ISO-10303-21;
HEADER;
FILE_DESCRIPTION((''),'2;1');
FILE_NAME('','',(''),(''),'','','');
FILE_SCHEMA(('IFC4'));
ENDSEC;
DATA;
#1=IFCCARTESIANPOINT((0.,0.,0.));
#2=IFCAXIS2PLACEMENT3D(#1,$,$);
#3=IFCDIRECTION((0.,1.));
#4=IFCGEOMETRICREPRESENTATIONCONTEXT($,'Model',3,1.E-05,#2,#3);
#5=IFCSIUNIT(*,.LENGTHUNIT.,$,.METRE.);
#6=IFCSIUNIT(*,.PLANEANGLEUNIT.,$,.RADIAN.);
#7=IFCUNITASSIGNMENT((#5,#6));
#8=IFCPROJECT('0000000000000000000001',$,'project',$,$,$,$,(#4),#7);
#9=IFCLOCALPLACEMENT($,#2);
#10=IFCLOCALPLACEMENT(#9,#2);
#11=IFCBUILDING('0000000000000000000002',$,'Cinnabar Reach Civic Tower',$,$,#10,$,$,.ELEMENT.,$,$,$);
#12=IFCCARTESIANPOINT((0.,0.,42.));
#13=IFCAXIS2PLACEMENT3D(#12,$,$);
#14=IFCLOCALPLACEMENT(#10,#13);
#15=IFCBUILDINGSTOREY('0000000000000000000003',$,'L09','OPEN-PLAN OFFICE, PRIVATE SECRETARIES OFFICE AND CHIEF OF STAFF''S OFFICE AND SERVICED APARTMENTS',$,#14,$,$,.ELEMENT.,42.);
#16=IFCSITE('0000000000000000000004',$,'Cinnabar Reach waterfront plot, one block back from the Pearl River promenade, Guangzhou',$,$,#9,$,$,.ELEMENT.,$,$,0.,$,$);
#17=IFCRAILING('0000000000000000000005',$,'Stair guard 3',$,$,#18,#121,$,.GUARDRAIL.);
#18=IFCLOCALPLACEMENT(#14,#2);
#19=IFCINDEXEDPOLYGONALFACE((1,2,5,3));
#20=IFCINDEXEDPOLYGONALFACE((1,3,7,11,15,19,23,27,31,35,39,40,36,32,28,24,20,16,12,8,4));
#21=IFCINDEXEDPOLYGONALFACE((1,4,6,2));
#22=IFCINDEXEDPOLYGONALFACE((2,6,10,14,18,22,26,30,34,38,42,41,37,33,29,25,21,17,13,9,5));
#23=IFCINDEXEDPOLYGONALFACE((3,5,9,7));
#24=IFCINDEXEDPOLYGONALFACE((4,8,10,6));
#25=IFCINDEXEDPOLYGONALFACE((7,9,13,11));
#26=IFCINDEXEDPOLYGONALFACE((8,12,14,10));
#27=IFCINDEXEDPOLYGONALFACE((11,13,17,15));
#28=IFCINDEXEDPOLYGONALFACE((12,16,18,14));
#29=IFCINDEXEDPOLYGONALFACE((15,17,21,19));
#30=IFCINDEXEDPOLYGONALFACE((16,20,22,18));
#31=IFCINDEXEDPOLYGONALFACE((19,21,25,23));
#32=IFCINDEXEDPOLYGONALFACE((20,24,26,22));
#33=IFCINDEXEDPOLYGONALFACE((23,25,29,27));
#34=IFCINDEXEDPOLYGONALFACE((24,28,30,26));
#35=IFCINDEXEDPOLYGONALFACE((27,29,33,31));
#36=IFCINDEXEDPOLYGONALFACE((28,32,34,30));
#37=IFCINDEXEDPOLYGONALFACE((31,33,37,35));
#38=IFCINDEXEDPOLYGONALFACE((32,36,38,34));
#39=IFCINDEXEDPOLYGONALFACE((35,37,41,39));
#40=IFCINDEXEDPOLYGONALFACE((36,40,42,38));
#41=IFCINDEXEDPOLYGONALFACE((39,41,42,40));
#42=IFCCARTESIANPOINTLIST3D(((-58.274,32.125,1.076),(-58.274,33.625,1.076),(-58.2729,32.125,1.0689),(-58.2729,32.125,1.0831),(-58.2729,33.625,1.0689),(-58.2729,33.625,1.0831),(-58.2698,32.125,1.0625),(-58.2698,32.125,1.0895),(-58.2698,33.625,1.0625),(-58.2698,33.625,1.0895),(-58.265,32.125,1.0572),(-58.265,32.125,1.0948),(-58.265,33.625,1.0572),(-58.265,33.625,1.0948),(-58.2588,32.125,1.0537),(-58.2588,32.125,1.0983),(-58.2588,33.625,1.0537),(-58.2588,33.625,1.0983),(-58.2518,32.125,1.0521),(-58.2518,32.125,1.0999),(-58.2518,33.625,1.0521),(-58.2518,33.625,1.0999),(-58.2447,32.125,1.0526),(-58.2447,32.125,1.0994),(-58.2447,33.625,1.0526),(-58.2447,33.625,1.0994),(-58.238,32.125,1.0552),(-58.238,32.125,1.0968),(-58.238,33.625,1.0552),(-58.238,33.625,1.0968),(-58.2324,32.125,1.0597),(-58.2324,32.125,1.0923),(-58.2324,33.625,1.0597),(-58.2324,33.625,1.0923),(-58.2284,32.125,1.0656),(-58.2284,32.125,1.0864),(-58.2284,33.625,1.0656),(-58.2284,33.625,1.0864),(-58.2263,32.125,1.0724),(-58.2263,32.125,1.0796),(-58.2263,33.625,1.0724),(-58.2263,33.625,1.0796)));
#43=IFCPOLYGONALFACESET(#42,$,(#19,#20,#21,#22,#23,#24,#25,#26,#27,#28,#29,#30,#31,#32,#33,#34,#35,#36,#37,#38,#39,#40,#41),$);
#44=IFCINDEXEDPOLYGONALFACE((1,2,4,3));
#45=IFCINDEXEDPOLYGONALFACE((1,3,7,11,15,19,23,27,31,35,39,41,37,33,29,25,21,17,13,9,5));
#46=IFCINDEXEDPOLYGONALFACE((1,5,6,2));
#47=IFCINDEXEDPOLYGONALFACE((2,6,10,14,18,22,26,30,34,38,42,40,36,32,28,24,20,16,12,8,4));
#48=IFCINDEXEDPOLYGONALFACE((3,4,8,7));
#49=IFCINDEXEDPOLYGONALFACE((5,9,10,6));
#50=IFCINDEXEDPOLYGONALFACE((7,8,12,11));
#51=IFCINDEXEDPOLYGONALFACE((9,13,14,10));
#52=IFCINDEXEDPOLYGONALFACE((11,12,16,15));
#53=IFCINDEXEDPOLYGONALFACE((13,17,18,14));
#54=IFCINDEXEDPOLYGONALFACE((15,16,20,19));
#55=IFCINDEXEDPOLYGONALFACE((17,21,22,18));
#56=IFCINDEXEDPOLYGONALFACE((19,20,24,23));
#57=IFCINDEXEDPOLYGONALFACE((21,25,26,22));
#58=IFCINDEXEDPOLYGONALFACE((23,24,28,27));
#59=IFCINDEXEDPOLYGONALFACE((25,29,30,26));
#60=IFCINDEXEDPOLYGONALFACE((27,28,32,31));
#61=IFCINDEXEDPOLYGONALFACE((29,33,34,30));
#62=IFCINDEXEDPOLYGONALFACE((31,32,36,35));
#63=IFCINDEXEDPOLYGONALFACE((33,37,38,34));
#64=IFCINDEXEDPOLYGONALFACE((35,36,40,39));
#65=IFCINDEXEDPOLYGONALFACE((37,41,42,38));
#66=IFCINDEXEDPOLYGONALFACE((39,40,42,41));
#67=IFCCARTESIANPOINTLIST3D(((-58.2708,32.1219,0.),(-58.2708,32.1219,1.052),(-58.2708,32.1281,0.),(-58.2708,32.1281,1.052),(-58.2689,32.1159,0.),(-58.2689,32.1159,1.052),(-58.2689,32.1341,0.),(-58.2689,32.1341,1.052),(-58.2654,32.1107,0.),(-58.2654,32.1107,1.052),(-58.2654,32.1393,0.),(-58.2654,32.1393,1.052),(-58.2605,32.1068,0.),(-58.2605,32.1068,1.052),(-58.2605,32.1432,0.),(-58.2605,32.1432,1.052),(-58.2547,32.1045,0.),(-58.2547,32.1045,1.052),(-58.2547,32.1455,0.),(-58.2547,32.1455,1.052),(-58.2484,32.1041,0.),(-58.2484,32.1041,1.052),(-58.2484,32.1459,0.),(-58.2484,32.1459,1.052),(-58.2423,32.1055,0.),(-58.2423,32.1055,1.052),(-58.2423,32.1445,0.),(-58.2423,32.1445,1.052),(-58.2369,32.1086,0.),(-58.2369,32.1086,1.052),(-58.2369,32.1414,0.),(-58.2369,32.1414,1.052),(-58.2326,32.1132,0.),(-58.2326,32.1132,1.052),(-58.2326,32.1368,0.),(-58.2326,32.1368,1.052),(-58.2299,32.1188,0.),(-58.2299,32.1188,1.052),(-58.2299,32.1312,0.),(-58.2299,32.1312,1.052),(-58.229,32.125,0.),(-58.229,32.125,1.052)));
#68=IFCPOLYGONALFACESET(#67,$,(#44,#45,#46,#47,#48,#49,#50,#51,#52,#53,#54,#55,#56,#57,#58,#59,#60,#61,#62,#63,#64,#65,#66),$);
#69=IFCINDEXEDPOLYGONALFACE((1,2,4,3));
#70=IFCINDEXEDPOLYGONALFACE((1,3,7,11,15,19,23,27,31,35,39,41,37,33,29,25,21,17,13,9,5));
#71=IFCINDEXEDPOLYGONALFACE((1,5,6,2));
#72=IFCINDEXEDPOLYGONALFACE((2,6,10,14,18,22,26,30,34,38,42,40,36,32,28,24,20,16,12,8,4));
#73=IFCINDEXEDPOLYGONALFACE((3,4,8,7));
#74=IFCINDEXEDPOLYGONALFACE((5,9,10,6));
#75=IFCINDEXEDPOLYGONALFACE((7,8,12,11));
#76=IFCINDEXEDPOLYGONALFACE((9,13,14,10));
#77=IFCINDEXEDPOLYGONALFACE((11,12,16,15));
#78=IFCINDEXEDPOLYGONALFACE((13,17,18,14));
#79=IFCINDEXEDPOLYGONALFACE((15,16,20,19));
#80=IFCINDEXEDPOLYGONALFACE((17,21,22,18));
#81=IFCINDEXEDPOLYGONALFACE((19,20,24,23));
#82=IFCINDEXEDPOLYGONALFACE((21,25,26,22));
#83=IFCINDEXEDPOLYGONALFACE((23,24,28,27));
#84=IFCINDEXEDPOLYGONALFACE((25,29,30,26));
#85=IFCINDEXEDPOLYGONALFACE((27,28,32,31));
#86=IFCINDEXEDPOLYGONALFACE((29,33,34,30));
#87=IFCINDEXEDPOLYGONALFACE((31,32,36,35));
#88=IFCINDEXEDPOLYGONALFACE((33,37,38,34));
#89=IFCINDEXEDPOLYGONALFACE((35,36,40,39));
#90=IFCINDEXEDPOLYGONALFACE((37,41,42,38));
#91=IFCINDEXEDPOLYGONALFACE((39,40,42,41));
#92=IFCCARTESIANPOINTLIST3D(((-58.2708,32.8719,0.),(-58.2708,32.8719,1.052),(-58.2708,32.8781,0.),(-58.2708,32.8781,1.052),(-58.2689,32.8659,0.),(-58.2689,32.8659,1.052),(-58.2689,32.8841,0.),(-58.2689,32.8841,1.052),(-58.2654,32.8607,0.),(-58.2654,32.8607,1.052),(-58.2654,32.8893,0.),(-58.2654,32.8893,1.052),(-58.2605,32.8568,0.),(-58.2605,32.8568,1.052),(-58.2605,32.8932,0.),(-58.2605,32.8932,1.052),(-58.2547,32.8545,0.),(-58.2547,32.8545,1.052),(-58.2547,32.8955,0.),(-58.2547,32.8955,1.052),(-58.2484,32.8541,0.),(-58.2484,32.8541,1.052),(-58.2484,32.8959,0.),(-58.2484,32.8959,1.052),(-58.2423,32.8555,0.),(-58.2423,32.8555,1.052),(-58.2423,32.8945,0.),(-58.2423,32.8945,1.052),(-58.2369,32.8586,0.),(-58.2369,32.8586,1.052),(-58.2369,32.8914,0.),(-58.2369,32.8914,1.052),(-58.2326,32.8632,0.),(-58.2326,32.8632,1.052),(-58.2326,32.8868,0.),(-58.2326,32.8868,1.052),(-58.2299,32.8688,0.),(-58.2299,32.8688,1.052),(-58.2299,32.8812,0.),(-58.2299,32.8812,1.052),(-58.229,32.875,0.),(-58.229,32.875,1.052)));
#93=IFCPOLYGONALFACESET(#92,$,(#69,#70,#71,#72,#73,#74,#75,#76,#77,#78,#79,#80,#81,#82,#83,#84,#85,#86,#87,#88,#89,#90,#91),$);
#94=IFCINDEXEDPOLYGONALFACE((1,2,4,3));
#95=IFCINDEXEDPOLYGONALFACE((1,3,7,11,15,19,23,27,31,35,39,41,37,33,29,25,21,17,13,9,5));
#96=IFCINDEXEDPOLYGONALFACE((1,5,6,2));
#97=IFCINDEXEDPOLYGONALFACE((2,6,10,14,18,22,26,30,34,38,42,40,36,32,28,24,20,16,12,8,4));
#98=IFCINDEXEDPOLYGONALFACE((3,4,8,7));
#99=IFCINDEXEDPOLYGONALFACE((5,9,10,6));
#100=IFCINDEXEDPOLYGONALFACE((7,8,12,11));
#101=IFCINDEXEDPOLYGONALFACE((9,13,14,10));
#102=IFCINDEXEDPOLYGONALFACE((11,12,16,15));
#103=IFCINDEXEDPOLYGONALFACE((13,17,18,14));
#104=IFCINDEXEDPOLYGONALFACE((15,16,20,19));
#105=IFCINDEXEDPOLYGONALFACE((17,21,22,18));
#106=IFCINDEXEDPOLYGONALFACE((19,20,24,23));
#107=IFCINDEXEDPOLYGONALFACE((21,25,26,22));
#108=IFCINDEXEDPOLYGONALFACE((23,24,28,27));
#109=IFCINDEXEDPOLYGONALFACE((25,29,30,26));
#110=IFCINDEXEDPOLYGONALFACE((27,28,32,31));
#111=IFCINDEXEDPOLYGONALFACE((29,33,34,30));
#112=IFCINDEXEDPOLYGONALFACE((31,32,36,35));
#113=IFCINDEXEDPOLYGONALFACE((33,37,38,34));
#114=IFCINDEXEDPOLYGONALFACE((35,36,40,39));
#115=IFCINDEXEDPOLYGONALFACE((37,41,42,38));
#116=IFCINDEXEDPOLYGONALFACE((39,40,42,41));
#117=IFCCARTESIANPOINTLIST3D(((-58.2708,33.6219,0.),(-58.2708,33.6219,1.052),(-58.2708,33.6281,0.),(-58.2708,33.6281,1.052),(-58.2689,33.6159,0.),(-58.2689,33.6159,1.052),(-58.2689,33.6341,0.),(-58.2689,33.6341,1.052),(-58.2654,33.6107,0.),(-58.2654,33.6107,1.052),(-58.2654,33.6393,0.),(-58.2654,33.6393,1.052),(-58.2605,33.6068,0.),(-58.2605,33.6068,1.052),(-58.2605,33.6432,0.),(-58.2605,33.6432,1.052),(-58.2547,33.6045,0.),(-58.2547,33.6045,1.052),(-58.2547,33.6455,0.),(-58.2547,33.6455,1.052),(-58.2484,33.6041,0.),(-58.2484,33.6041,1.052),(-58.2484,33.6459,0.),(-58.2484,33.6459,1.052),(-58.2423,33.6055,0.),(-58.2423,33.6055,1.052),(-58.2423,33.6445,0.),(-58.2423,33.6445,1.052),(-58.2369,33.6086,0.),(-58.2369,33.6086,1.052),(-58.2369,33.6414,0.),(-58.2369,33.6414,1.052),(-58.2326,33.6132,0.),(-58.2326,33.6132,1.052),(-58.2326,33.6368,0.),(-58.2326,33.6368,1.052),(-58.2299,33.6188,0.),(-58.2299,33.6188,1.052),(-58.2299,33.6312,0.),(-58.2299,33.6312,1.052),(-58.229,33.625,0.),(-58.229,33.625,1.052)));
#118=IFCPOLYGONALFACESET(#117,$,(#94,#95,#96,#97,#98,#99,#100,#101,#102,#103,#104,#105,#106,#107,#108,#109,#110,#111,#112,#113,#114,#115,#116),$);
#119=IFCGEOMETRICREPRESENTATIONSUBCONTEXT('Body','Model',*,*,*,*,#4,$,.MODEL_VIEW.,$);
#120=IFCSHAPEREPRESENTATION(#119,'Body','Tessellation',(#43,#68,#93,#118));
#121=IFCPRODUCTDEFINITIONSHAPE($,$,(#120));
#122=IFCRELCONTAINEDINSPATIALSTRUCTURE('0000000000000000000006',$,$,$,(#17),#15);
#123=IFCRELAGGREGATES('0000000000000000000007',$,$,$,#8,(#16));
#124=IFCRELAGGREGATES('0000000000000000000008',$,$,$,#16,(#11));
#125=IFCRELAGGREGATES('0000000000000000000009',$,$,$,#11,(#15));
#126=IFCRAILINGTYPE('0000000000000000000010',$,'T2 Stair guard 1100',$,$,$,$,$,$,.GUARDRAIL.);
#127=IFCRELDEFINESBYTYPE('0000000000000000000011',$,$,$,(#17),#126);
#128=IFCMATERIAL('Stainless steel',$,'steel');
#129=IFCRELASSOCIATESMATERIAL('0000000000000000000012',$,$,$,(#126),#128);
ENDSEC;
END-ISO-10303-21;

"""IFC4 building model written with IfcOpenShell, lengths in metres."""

from ifc_helpers import new_model, si_unit, direction, frame, origin, origin_2d, place, context, subcontext, project, spatial, circle, extrude, material, type_object, element, save


model = new_model("IFC4")

# Units and contexts
model_context = context("Model", 3, precision=1e-05, world=origin(), true_north=direction((0.0, 1.0)))
body_context = subcontext(model_context, "Body", "Model", "MODEL_VIEW")
ifc_project = project(units=[si_unit("LENGTHUNIT", "METRE"), si_unit("PLANEANGLEUNIT", "RADIAN")], contexts=[model_context])

# Site, building, storey
site_placement = place(None, origin())
site = spatial("IfcSite", under=ifc_project, at=site_placement, Name="Cinnabar Reach waterfront plot, one block back from the Pearl River promenade, Guangzhou", CompositionType="ELEMENT", RefElevation=0.0)
building_placement = place(site_placement, origin())
building = spatial("IfcBuilding", under=site, at=building_placement, Name="Cinnabar Reach Civic Tower", CompositionType="ELEMENT")
storey_placement = place(building_placement, frame((0.0, 0.0, 42.0)))
storey = spatial("IfcBuildingStorey", under=building, at=storey_placement, Name="L09", Description="OPEN-PLAN OFFICE, PRIVATE SECRETARIES OFFICE AND CHIEF OF STAFF'S OFFICE AND SERVICED APARTMENTS", CompositionType="ELEMENT", Elevation=42.0)

# Railing
ifc_material_1 = material(Name="Stainless steel", Category="steel")
railing_type = type_object("IfcRailingType", Name="T2 Stair guard 1100", PredefinedType="GUARDRAIL", material=ifc_material_1)
railing_1_placement = place(storey_placement, frame((-58.25, 32.125, 0.0)))
element("IfcRailing", 1, at=railing_1_placement, inside=storey, type_object=railing_type, Name="Stair guard 3", PredefinedType="GUARDRAIL", context=body_context, shape_type="SweptSolid", body=[
    extrude(circle(Radius=0.024, at=origin_2d()), frame((0.0, 0.0, 1.076), z_axis=(0.0, 1.0, 0.0), x_axis=(-1.0, 0.0, 0.0)), (0.0, 0.0, 1.0), 1.5),
    extrude(circle(Radius=0.021, at=origin_2d()), origin(), (0.0, 0.0, 1.0), 1.052),
    extrude(circle(Radius=0.021, at=origin_2d()), frame((0.0, 0.75, 0.0)), (0.0, 0.0, 1.0), 1.052),
    extrude(circle(Radius=0.021, at=origin_2d()), frame((0.0, 1.5, 0.0)), (0.0, 0.0, 1.0), 1.052),
])

save(model, "model.ifc")
